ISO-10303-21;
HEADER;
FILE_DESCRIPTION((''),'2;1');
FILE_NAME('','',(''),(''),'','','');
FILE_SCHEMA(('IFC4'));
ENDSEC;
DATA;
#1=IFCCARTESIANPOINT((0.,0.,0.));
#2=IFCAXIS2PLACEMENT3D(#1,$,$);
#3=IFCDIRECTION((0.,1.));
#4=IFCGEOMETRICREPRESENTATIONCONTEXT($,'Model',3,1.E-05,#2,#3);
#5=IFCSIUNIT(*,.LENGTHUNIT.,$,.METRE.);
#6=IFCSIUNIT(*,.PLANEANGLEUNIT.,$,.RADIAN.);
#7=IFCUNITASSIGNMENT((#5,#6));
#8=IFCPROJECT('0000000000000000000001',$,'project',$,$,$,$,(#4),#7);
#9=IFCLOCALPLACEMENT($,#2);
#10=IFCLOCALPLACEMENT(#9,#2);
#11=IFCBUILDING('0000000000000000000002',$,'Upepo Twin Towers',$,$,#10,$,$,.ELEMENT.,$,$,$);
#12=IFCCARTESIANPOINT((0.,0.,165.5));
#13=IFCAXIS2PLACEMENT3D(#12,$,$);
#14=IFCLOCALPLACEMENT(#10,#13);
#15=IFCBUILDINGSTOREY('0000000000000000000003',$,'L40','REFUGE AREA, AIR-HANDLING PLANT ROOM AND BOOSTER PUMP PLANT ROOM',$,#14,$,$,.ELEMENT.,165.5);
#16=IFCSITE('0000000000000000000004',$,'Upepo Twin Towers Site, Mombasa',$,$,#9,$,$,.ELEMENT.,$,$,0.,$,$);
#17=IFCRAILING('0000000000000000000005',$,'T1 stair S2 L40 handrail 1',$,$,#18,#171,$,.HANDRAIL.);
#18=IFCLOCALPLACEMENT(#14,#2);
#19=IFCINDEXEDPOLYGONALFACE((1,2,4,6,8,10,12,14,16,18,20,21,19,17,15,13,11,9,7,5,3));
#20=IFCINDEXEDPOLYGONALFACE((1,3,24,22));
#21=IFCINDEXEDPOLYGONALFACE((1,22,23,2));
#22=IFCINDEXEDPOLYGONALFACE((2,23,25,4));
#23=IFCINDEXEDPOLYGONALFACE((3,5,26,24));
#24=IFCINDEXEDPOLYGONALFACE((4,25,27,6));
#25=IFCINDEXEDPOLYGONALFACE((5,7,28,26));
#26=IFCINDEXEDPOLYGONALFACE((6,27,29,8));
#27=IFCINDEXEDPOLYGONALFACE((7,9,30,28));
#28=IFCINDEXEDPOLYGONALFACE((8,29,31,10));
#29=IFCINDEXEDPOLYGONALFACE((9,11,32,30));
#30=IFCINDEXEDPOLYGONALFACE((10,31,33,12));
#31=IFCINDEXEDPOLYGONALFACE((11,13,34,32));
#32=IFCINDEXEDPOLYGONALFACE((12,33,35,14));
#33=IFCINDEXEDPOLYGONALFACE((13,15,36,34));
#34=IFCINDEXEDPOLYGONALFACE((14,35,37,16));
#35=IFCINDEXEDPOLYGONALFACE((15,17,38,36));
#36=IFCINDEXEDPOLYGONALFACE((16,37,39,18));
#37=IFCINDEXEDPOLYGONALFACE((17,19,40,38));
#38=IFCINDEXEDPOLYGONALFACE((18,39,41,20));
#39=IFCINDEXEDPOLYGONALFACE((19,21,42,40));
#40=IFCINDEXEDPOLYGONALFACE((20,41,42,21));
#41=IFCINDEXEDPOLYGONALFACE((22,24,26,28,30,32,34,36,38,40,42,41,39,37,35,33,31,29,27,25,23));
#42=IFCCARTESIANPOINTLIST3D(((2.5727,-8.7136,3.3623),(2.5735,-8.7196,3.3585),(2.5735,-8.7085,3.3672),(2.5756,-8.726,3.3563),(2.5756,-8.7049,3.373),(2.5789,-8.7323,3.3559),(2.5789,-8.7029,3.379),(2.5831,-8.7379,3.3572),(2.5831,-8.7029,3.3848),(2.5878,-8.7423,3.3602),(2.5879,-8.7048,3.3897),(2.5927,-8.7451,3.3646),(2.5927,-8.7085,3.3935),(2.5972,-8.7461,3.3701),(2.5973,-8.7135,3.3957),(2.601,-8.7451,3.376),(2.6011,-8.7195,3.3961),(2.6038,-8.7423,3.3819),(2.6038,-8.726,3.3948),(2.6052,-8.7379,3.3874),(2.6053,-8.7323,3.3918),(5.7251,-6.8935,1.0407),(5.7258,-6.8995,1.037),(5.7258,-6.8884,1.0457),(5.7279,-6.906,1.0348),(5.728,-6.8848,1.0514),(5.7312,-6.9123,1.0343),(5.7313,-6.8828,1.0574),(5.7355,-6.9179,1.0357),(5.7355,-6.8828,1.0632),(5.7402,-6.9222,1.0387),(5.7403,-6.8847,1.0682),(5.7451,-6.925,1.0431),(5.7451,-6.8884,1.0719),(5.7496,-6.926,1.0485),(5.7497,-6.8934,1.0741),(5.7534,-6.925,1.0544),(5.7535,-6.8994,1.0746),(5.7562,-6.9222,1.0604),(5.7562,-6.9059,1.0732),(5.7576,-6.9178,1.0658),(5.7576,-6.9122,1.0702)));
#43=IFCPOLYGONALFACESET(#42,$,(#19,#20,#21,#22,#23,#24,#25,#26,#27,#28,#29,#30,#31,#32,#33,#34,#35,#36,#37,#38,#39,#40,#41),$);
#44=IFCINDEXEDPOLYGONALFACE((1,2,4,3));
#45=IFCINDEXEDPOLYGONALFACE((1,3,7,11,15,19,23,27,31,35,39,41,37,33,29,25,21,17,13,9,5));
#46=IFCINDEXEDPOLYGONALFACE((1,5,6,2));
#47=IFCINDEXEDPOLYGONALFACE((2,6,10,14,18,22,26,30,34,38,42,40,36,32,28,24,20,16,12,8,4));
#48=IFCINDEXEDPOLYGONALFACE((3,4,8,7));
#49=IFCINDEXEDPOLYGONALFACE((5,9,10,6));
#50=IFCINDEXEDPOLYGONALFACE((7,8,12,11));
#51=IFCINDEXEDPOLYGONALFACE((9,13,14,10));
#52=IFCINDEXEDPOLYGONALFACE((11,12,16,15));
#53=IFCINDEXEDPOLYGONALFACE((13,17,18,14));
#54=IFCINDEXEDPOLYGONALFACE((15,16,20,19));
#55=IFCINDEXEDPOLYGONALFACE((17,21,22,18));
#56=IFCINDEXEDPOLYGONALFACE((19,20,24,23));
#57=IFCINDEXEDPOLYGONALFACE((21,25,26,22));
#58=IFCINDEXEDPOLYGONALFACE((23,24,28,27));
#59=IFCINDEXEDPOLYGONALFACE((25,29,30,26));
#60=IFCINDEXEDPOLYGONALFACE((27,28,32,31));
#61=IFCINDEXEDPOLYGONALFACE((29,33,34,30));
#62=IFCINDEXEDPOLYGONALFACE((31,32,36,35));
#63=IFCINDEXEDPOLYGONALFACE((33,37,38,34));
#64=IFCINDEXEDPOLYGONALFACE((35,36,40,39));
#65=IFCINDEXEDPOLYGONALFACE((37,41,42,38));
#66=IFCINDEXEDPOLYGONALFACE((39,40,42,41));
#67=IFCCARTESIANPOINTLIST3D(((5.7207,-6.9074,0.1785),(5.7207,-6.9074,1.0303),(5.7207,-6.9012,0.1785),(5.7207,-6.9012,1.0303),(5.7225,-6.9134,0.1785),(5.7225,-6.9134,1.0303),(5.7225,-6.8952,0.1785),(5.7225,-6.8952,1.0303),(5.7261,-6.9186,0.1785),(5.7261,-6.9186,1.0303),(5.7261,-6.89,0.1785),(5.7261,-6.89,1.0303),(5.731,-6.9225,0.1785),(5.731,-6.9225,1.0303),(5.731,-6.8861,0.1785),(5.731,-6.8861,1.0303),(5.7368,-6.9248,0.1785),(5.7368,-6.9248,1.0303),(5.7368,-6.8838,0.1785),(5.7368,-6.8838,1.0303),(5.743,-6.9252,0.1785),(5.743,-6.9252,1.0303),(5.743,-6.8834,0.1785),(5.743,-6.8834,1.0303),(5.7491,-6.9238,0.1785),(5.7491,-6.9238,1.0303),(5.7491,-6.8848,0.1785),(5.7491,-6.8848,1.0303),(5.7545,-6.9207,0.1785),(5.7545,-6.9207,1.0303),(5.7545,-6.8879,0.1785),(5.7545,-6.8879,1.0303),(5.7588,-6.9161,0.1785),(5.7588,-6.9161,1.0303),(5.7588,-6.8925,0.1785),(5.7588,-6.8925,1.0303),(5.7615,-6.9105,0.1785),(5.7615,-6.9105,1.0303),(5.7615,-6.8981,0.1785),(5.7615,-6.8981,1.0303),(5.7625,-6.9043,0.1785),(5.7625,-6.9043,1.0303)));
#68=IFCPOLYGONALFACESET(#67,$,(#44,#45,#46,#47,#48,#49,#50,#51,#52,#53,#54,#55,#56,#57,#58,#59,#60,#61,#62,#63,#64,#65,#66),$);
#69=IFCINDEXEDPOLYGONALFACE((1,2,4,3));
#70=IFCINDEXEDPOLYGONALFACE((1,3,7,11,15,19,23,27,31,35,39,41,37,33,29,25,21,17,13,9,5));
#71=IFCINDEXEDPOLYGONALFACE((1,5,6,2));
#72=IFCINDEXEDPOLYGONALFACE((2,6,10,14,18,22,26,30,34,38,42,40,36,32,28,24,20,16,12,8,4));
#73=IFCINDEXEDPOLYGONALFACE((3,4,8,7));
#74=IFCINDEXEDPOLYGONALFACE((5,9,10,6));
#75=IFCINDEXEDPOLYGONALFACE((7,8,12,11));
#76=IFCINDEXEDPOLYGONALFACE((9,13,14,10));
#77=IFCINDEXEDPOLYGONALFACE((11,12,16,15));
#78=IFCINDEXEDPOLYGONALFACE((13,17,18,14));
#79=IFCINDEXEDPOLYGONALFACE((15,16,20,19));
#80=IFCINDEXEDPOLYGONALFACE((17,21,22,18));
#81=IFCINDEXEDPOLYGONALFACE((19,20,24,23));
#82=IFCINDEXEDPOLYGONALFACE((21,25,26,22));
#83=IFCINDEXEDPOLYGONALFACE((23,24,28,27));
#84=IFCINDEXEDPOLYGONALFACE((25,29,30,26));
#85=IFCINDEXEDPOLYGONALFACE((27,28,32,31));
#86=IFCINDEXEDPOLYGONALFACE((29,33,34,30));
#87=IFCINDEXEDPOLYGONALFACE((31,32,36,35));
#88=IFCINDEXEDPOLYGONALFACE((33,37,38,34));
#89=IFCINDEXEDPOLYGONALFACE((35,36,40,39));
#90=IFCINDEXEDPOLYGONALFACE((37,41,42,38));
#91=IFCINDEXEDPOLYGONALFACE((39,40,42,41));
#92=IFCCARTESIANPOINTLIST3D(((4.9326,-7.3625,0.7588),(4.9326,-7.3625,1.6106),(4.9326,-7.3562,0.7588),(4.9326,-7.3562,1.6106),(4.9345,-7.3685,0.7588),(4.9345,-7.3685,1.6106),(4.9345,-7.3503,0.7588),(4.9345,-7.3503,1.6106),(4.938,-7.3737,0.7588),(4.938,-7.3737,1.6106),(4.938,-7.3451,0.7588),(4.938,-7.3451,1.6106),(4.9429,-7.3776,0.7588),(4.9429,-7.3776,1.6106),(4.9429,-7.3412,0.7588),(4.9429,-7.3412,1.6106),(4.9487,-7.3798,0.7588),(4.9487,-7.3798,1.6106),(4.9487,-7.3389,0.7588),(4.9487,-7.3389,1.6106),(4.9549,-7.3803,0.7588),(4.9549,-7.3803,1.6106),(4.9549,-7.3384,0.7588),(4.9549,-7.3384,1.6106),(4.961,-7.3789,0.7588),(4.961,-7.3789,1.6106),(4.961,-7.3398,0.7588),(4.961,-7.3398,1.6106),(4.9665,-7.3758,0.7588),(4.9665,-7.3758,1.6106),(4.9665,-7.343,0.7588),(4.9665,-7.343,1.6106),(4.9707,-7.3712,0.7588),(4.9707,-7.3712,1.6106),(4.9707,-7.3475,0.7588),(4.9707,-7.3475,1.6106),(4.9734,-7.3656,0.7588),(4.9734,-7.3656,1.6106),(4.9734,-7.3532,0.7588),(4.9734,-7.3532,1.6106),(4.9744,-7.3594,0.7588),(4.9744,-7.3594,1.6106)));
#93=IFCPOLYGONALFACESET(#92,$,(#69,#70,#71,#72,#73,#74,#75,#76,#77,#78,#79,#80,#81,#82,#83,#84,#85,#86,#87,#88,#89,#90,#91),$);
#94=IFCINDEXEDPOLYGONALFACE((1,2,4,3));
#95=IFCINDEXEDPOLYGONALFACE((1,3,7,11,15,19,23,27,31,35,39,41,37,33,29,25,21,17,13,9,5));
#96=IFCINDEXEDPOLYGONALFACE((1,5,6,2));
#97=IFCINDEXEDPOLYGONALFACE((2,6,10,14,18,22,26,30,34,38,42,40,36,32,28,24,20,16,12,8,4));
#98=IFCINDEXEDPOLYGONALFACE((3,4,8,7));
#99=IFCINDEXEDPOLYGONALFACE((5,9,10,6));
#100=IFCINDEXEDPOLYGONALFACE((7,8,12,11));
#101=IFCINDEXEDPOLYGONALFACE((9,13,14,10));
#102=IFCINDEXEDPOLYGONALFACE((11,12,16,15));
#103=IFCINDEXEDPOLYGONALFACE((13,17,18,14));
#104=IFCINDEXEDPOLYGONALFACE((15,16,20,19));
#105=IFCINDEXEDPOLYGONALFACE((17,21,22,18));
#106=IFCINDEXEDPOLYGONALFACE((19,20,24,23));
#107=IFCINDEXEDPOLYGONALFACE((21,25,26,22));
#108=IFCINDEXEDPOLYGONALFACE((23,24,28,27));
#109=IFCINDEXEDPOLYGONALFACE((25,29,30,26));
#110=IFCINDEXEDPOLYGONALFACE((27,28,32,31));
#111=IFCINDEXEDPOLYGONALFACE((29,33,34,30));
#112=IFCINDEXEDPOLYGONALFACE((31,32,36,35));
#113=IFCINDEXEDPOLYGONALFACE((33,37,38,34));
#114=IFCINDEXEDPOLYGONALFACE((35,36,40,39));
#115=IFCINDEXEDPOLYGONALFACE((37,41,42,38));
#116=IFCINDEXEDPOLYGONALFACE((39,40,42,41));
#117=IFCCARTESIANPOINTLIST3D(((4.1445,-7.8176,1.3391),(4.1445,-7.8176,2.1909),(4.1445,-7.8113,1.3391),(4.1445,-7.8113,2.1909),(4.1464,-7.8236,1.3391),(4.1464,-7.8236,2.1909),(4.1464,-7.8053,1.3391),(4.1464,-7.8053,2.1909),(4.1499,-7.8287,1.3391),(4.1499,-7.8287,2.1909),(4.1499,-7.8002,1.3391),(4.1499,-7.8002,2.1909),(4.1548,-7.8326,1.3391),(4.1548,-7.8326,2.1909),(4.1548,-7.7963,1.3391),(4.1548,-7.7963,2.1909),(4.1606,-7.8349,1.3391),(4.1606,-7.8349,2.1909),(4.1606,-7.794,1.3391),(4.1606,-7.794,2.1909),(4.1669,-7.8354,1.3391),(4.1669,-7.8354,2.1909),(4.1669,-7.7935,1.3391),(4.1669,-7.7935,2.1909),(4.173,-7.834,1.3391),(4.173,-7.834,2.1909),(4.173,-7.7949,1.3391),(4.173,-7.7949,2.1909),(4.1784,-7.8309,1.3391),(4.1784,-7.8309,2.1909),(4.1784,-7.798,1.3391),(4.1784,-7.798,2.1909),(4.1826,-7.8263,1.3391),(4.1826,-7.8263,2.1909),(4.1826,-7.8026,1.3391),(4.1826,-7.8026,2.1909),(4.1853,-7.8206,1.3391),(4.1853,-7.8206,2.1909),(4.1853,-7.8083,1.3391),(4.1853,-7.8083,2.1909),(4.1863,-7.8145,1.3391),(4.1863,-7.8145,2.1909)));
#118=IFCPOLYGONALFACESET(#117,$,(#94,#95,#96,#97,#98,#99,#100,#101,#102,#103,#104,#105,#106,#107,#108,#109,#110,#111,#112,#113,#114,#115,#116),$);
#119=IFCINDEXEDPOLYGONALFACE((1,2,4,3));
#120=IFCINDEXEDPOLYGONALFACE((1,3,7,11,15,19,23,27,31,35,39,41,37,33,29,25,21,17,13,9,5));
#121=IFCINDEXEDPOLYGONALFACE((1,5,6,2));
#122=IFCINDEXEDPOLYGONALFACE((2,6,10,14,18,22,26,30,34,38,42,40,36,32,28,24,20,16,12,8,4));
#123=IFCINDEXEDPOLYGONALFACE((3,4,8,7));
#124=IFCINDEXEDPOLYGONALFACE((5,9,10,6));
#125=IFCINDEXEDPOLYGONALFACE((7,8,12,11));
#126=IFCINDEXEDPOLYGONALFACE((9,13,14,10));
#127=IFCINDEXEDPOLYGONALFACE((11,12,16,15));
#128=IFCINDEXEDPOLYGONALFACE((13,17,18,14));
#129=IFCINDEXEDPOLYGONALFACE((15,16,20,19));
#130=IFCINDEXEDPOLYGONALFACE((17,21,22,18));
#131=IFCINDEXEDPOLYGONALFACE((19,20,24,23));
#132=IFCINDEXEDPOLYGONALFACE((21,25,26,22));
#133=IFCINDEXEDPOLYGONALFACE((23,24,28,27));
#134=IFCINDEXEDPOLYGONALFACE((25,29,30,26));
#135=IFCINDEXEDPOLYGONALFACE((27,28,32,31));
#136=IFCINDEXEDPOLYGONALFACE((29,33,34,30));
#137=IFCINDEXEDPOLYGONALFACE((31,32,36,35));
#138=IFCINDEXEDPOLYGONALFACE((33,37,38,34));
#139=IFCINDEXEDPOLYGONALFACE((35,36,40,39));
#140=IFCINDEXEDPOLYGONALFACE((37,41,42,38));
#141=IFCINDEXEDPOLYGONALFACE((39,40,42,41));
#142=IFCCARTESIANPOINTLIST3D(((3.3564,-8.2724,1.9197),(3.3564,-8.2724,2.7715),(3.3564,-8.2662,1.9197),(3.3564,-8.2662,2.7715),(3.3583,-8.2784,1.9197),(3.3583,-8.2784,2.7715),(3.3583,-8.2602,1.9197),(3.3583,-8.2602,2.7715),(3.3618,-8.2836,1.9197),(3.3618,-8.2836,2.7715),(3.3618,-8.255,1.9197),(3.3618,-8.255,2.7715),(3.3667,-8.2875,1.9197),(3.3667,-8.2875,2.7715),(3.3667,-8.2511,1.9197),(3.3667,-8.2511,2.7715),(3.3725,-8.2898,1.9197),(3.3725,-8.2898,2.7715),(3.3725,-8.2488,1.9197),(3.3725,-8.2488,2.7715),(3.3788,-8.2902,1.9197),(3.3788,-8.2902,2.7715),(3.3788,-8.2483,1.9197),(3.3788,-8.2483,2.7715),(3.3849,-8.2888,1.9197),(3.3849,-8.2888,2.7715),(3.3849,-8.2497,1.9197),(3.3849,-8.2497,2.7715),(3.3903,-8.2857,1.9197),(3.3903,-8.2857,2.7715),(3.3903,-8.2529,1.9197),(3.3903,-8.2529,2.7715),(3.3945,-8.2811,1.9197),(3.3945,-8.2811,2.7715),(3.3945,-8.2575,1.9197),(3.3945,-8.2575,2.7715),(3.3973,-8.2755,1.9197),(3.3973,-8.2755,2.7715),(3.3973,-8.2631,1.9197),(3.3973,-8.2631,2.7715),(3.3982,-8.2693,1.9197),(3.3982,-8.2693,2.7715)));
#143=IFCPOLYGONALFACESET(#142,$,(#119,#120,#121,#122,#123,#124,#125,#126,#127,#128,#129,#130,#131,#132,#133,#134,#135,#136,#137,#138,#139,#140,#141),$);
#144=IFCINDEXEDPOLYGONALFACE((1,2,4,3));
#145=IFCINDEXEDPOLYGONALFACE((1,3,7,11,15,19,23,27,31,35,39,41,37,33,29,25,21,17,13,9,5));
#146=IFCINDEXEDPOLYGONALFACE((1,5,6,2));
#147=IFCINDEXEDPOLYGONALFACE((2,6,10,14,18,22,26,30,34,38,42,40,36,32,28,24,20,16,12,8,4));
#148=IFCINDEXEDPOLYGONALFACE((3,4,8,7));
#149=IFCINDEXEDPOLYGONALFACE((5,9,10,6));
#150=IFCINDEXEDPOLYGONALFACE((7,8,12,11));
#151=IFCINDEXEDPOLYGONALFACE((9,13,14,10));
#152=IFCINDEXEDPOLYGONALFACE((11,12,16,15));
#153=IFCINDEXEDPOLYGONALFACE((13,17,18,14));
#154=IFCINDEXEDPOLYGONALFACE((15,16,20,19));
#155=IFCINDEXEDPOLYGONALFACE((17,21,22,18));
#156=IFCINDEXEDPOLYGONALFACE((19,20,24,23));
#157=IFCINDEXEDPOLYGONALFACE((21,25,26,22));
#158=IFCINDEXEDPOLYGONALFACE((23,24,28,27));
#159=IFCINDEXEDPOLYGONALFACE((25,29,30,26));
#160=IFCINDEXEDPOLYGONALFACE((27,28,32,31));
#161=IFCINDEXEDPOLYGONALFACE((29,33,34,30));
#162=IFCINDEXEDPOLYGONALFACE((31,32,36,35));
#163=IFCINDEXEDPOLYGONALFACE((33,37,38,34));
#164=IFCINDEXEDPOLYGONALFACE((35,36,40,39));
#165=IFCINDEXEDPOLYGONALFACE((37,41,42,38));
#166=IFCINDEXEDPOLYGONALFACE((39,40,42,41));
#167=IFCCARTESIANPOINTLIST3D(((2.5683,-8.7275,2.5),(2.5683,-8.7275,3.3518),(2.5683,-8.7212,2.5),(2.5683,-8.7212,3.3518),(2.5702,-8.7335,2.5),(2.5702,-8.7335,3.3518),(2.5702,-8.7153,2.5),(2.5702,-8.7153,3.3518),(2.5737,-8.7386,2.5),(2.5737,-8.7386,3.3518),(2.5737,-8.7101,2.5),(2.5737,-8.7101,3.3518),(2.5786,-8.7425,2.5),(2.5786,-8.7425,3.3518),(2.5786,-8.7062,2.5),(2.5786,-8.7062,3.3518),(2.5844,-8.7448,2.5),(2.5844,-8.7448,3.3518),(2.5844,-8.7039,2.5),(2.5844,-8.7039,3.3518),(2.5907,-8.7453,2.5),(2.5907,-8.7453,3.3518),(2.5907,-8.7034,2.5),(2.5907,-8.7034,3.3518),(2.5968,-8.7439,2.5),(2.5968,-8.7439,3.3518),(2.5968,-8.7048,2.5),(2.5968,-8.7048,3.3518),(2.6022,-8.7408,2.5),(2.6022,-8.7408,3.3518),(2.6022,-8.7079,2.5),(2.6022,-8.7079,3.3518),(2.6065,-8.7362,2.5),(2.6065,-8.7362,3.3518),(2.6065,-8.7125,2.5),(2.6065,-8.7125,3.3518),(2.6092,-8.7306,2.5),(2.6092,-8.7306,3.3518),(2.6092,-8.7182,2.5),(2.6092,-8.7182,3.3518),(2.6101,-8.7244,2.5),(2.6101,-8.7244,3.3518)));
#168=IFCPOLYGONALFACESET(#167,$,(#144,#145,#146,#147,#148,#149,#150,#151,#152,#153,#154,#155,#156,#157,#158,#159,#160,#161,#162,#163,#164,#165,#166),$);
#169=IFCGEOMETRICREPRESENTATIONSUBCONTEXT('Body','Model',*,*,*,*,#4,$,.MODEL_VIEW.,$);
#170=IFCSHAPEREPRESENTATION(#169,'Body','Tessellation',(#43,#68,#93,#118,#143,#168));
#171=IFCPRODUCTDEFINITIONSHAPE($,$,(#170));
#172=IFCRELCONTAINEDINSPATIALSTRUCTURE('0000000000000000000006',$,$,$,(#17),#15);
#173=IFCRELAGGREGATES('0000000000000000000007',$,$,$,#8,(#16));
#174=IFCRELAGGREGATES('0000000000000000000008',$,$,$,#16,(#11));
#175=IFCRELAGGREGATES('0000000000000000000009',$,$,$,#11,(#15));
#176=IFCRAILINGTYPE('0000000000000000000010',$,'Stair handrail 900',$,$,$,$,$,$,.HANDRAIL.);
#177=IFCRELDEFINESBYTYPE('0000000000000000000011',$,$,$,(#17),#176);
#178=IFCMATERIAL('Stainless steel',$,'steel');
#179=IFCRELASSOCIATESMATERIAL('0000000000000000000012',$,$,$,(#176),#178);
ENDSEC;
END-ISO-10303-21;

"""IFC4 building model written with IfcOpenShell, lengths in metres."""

from ifc_helpers import new_model, si_unit, direction, frame, origin, origin_2d, place, context, subcontext, project, spatial, circle, extrude, material, type_object, element, save


model = new_model("IFC4")

# Units and contexts
model_context = context("Model", 3, precision=1e-05, world=origin(), true_north=direction((0.0, 1.0)))
body_context = subcontext(model_context, "Body", "Model", "MODEL_VIEW")
ifc_project = project(units=[si_unit("LENGTHUNIT", "METRE"), si_unit("PLANEANGLEUNIT", "RADIAN")], contexts=[model_context])

# Site, building, storey
site_placement = place(None, origin())
site = spatial("IfcSite", under=ifc_project, at=site_placement, Name="Upepo Twin Towers Site, Mombasa", CompositionType="ELEMENT", RefElevation=0.0)
building_placement = place(site_placement, origin())
building = spatial("IfcBuilding", under=site, at=building_placement, Name="Upepo Twin Towers", CompositionType="ELEMENT")
storey_placement = place(building_placement, frame((0.0, 0.0, 165.5)))
storey = spatial("IfcBuildingStorey", under=building, at=storey_placement, Name="L40", Description="REFUGE AREA, AIR-HANDLING PLANT ROOM AND BOOSTER PUMP PLANT ROOM", CompositionType="ELEMENT", Elevation=165.5)

# Railing
ifc_material_1 = material(Name="Stainless steel", Category="steel")
railing_type_1 = type_object("IfcRailingType", Name="Stair handrail 900", PredefinedType="HANDRAIL", material=ifc_material_1)
railing_1_placement = place(storey_placement, frame((5.7415, -6.9043, 0.1785)))
element("IfcRailing", 1, at=railing_1_placement, inside=storey, type_object=railing_type_1, Name="T1 stair S2 L40 handrail 1", PredefinedType="HANDRAIL", context=body_context, shape_type="SweptSolid", body=[
    extrude(circle(Radius=0.0239, at=origin_2d()), frame((0.0, 0.0, 0.876), z_axis=(-0.730159, -0.421572, 0.537723), x_axis=(0.500013, -0.866018, 0.0)), (0.0, 0.0, 1.0), 4.3174),
    extrude(circle(Radius=0.021, at=origin_2d()), origin(), (0.0, 0.0, 1.0), 0.8518),
    extrude(circle(Radius=0.021, at=origin_2d()), frame((-0.7881, -0.4551, 0.5803)), (0.0, 0.0, 1.0), 0.8518),
    extrude(circle(Radius=0.021, at=origin_2d()), frame((-1.5762, -0.9102, 1.1606)), (0.0, 0.0, 1.0), 0.8518),
    extrude(circle(Radius=0.021, at=origin_2d()), frame((-2.3643, -1.365, 1.7412)), (0.0, 0.0, 1.0), 0.8518),
    extrude(circle(Radius=0.021, at=origin_2d()), frame((-3.1523, -1.8201, 2.3215)), (0.0, 0.0, 1.0), 0.8518),
])

save(model, "model.ifc")
